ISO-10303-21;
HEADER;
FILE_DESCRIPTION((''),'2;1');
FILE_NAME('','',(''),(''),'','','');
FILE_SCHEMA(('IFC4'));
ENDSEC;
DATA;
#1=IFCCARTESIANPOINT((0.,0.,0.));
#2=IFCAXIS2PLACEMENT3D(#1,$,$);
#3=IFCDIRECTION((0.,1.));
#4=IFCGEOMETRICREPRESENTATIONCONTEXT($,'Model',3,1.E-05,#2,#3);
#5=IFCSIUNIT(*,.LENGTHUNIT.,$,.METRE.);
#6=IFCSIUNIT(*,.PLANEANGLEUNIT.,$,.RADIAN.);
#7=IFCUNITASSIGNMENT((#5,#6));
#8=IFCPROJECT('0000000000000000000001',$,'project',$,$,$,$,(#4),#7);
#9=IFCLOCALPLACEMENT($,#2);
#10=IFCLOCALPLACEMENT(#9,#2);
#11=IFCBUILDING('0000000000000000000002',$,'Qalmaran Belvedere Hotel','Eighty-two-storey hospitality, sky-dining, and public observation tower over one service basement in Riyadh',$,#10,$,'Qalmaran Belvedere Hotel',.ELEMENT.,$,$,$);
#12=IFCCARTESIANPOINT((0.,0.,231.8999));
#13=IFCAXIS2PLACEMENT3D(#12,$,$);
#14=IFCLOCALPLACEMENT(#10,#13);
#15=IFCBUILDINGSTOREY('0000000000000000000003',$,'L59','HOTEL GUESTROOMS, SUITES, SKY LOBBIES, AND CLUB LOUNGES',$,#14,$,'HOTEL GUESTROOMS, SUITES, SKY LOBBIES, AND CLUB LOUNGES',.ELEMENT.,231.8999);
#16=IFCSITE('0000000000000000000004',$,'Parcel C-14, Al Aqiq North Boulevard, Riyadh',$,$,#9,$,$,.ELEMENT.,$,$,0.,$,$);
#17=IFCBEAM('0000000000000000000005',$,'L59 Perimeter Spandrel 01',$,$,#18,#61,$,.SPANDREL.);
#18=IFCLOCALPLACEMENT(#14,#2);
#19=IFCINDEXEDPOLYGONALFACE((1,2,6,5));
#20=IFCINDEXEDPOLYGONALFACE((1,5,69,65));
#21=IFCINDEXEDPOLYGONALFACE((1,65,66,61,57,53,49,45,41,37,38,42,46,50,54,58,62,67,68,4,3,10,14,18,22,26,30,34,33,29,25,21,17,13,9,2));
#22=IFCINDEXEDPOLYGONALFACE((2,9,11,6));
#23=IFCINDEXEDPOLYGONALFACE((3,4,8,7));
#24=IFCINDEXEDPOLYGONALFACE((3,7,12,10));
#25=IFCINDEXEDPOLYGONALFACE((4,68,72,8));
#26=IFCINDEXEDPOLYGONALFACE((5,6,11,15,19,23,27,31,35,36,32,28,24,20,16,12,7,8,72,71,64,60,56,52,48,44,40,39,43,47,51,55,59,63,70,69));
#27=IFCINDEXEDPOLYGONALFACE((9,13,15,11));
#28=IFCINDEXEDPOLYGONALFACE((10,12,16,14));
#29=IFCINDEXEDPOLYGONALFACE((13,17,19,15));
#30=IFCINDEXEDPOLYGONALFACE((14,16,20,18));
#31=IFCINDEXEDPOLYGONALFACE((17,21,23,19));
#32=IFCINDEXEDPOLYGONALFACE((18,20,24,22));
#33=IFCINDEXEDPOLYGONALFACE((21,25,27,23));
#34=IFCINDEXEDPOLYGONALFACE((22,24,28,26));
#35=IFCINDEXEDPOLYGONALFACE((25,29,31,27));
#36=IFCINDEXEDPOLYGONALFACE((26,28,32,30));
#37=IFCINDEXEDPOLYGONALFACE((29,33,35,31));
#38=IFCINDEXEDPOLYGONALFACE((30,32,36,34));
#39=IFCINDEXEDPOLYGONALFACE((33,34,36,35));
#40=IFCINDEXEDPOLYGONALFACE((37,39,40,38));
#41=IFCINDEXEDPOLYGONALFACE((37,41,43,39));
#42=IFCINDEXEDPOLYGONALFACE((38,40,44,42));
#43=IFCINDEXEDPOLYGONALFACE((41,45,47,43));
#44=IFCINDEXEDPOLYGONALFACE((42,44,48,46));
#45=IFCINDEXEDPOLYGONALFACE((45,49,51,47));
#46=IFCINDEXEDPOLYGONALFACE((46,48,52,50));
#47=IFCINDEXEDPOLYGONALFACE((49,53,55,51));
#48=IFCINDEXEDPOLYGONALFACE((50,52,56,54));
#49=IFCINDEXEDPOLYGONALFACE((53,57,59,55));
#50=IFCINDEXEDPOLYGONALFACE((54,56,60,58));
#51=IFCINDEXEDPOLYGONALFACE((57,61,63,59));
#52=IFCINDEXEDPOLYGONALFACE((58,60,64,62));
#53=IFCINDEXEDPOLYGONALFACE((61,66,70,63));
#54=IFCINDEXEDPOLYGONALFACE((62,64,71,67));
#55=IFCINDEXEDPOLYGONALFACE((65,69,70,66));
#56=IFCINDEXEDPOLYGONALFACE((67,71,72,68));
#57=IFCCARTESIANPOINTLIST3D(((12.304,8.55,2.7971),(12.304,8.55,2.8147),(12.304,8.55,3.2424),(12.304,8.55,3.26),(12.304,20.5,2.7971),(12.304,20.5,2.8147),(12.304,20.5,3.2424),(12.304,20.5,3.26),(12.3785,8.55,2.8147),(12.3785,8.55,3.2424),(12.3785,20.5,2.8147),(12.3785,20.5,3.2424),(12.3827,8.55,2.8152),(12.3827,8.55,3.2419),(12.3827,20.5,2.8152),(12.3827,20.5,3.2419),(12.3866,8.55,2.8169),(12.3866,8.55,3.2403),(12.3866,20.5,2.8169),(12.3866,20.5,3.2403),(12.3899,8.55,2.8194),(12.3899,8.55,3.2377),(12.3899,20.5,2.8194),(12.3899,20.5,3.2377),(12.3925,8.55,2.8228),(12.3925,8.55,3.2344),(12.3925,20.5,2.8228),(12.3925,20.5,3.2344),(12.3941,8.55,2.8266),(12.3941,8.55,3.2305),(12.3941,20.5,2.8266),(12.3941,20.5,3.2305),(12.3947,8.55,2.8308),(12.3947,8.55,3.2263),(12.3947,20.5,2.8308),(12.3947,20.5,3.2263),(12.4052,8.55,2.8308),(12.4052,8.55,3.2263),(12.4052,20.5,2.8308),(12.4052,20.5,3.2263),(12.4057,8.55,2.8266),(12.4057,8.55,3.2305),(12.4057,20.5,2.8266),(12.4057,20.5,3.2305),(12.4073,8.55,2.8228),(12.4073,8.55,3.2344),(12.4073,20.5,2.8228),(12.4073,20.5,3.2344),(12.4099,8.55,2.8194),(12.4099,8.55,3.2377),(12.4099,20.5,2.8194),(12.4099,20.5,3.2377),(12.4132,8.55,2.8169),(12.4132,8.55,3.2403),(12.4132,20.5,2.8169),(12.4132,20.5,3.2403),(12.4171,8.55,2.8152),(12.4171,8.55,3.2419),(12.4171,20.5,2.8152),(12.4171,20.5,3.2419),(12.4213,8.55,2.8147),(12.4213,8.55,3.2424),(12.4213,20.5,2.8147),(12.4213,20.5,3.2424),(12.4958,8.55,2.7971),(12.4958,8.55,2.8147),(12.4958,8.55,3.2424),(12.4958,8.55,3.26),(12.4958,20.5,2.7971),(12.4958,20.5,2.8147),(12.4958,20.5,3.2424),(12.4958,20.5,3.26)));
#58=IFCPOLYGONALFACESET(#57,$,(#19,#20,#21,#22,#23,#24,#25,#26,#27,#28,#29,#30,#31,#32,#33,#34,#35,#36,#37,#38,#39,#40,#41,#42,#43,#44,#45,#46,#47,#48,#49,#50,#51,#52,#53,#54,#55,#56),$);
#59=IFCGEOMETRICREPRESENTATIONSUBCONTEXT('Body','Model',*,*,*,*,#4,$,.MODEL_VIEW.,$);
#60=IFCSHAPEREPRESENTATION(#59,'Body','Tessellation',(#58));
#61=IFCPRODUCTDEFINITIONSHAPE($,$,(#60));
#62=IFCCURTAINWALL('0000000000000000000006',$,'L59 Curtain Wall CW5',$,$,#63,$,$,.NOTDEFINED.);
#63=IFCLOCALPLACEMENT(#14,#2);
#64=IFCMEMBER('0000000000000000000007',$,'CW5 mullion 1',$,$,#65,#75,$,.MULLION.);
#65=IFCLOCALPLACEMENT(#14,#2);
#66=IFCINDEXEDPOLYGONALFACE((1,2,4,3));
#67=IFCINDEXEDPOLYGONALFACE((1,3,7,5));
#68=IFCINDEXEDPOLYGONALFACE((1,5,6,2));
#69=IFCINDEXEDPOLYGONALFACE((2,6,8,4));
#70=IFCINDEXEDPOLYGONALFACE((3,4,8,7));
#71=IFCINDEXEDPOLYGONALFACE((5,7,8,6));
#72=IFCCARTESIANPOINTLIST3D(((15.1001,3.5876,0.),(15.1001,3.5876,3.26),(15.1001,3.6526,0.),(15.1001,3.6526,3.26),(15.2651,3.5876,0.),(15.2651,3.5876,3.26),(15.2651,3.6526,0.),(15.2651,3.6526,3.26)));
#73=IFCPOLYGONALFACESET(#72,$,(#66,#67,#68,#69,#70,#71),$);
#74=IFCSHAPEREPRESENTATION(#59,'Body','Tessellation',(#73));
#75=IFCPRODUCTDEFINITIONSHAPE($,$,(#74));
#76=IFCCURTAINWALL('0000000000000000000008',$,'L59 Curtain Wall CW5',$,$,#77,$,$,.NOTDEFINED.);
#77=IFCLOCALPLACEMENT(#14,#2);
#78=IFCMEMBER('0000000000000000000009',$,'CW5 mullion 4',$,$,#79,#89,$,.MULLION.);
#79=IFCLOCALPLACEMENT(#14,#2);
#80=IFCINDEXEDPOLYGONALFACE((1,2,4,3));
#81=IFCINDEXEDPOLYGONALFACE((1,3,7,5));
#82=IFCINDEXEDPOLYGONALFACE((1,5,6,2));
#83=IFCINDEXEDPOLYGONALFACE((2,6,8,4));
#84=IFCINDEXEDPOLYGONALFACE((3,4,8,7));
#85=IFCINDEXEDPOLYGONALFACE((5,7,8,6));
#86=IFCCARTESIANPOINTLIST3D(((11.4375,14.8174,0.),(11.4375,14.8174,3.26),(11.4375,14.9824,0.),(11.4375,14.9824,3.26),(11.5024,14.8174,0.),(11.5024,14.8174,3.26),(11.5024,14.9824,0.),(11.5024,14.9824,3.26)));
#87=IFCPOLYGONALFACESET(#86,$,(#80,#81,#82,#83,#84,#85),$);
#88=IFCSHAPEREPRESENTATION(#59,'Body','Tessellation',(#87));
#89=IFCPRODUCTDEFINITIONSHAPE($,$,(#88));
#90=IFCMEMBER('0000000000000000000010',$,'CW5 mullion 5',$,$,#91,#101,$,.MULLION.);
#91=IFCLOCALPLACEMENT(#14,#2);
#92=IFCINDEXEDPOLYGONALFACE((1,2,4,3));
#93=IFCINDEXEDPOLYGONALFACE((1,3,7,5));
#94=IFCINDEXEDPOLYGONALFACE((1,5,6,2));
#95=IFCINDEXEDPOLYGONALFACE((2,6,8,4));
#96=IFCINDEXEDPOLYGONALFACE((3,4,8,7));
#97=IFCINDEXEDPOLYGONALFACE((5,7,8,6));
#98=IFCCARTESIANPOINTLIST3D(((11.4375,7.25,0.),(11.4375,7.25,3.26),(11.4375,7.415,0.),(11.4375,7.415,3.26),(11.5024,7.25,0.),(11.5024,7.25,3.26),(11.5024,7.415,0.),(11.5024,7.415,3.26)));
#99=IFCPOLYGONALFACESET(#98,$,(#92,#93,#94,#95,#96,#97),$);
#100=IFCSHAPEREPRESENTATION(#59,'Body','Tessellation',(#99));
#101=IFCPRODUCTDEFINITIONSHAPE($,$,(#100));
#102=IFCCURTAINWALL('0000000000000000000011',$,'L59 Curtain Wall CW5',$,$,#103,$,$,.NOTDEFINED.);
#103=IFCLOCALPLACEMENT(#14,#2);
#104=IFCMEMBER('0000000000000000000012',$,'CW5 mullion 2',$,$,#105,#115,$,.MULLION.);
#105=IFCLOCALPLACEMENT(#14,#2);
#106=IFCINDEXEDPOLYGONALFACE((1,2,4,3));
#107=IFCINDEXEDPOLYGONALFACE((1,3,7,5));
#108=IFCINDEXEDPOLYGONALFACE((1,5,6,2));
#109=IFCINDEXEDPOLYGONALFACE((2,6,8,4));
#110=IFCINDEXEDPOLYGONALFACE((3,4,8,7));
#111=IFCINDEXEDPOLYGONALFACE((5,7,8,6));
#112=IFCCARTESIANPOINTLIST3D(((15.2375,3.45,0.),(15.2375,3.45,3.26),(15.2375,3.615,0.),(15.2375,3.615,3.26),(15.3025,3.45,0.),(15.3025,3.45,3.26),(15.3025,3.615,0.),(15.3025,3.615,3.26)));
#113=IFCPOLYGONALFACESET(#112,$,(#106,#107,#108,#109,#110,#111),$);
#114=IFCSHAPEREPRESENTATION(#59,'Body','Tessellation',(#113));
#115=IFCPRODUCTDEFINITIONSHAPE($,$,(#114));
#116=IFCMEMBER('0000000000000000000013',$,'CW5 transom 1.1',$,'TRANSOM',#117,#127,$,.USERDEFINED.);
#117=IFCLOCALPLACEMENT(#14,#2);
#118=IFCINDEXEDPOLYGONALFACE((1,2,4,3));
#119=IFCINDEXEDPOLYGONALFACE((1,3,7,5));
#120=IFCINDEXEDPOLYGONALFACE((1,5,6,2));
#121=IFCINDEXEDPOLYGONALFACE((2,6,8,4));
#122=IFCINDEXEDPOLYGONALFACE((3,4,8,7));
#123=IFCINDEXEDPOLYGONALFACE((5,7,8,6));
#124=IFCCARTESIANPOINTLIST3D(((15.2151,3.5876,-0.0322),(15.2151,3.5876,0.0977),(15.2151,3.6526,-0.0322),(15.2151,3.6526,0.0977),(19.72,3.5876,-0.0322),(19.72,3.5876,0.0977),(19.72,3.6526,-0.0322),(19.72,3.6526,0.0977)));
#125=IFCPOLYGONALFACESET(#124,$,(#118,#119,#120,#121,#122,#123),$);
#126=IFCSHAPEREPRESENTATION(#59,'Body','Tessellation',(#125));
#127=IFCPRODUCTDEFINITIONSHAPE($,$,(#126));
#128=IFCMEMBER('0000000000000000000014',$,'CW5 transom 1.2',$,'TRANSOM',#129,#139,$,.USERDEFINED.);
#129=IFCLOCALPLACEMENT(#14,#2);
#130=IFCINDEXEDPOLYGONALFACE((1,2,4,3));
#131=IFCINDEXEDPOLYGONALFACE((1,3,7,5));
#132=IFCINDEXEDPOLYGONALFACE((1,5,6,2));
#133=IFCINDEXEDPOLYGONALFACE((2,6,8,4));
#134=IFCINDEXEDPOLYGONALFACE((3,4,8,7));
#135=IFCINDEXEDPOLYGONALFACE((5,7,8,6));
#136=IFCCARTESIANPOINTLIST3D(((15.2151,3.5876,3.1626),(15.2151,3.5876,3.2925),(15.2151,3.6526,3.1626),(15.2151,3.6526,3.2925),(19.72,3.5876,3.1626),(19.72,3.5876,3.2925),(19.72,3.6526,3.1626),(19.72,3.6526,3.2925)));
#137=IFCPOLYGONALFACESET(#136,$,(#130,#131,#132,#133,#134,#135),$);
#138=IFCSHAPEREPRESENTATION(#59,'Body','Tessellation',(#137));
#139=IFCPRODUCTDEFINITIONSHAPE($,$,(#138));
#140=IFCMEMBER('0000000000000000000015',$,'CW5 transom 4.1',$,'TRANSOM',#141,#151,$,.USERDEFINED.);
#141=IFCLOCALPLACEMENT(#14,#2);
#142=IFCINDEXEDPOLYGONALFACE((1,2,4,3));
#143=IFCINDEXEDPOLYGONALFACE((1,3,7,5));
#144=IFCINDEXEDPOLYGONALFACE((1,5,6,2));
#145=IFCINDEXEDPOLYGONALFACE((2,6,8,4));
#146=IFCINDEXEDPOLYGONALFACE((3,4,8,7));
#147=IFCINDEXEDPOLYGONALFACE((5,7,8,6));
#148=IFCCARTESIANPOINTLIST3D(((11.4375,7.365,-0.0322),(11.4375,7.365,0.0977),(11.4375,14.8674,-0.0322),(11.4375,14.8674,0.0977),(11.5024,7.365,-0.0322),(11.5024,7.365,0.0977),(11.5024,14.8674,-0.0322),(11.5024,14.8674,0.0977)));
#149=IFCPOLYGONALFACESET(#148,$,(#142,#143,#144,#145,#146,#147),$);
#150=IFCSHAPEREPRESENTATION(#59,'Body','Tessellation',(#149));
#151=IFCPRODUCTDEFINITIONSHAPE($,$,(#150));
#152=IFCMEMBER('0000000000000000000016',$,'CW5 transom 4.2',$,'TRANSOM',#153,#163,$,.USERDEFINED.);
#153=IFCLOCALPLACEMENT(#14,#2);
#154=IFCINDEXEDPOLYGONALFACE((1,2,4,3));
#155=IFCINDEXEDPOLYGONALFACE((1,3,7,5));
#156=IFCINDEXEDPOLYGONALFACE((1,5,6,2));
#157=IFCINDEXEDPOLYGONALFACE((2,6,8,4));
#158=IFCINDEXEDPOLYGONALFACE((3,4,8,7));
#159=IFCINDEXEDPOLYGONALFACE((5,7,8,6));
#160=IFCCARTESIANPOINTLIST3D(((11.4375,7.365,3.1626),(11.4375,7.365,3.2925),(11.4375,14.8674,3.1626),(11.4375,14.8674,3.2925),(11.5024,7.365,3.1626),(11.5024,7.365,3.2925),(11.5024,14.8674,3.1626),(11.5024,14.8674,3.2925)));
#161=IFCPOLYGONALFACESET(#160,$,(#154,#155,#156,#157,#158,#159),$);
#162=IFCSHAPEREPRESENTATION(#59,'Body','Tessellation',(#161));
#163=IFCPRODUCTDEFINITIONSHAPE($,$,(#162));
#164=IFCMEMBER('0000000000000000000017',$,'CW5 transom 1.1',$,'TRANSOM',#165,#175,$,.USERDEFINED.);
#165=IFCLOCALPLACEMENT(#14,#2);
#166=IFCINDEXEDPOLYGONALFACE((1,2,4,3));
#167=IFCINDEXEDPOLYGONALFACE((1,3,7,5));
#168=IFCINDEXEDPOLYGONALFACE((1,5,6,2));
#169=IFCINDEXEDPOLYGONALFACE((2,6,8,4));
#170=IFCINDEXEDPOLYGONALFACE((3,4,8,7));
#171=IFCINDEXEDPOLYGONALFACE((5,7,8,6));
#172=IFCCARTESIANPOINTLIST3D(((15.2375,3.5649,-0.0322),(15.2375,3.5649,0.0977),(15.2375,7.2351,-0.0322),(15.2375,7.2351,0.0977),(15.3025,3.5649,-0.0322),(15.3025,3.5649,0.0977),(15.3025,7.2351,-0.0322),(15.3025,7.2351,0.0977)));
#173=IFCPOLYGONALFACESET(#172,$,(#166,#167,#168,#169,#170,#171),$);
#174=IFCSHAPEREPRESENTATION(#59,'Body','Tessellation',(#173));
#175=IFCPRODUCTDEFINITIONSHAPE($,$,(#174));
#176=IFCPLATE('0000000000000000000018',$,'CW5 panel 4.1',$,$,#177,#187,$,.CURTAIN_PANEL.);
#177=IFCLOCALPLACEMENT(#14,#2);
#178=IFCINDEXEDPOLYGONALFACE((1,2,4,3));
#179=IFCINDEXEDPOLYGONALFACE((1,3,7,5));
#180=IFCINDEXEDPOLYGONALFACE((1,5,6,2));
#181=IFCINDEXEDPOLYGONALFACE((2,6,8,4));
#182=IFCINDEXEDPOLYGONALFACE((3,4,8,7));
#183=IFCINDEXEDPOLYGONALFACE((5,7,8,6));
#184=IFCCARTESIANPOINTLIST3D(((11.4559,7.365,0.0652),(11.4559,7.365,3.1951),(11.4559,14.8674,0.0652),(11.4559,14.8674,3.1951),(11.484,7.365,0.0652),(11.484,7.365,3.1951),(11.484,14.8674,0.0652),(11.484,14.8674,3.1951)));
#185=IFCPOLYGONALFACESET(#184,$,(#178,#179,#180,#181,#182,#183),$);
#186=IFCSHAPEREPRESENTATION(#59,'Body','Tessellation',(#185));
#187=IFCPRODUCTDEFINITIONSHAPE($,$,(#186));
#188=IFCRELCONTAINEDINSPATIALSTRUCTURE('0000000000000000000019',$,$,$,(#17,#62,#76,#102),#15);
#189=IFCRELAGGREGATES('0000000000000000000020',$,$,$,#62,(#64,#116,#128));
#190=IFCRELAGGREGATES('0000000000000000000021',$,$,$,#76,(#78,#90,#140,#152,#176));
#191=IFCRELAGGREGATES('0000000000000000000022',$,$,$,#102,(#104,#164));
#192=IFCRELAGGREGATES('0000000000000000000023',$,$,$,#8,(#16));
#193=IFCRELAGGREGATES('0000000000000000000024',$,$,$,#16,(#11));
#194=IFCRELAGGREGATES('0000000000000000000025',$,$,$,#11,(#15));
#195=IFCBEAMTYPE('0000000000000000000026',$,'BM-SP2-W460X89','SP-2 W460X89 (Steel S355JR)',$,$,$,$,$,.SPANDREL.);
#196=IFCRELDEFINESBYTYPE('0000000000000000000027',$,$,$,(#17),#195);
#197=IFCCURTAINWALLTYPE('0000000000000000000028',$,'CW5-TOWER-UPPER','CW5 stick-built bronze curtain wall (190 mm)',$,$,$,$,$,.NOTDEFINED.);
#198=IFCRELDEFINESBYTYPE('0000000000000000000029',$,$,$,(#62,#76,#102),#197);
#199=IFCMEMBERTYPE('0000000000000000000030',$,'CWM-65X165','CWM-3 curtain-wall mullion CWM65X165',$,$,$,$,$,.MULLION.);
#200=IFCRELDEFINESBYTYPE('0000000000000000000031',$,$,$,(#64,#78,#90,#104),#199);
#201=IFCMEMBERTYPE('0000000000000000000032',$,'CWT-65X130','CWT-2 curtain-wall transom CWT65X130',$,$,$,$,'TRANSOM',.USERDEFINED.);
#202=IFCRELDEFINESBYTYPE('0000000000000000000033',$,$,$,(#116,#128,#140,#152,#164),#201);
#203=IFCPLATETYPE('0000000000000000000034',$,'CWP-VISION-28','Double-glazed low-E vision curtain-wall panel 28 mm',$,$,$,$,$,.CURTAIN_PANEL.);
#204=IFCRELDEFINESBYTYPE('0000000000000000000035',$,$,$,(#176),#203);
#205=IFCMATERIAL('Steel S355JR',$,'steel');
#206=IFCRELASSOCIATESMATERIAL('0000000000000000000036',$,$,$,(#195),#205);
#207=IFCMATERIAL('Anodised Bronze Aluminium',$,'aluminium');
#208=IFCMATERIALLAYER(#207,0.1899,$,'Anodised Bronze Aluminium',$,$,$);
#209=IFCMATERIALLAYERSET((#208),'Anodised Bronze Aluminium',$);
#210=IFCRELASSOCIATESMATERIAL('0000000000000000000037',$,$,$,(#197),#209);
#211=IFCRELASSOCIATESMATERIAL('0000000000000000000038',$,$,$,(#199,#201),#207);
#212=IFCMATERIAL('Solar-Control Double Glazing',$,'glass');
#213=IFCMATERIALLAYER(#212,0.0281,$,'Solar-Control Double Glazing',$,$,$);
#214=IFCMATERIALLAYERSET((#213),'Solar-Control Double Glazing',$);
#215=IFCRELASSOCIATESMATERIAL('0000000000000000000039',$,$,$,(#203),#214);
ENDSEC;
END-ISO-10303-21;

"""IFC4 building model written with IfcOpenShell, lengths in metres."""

from ifc_helpers import new_model, si_unit, direction, frame, origin, origin_2d, place, context, subcontext, project, spatial, rectangle, i_section, extrude, material, layer, layer_set, material_profile, profile_set, type_object, element, aggregate, save


model = new_model("IFC4")

# Units and contexts
model_context = context("Model", 3, precision=1e-05, world=origin(), true_north=direction((0.0, 1.0)))
body_context = subcontext(model_context, "Body", "Model", "MODEL_VIEW")
ifc_project = project(units=[si_unit("LENGTHUNIT", "METRE"), si_unit("PLANEANGLEUNIT", "RADIAN")], contexts=[model_context])

# Site, building, storey
site_placement = place(None, origin())
site = spatial("IfcSite", under=ifc_project, at=site_placement, Name="Parcel C-14, Al Aqiq North Boulevard, Riyadh", CompositionType="ELEMENT", RefElevation=0.0)
building_placement = place(site_placement, origin())
building = spatial("IfcBuilding", under=site, at=building_placement, Name="Qalmaran Belvedere Hotel", Description="Eighty-two-storey hospitality, sky-dining, and public observation tower over one service basement in Riyadh", LongName="Qalmaran Belvedere Hotel", CompositionType="ELEMENT")
storey_placement = place(building_placement, frame((0.0, 0.0, 231.8999)))
storey = spatial("IfcBuildingStorey", under=building, at=storey_placement, Name="L59", Description="HOTEL GUESTROOMS, SUITES, SKY LOBBIES, AND CLUB LOUNGES", LongName="HOTEL GUESTROOMS, SUITES, SKY LOBBIES, AND CLUB LOUNGES", CompositionType="ELEMENT", Elevation=231.8999)

# Beam
ifc_material_1 = material(Name="Steel S355JR", Category="steel")
ifc_material_profile_1 = material_profile(ifc_material_1, i_section(OverallWidth=0.1919, OverallDepth=0.4629, WebThickness=0.0105, FlangeThickness=0.0176, FilletRadius=0.0161, at=origin_2d()), Name="W460X89")
ifc_profile_set_1 = profile_set([ifc_material_profile_1], Name="Steel S355JR")
beam_type_1 = type_object("IfcBeamType", Name="BM-SP2-W460X89", Description="SP-2 W460X89 (Steel S355JR)", PredefinedType="SPANDREL", material=ifc_profile_set_1)
beam_1_placement = place(storey_placement, frame((12.3999, 8.55, 3.0286), z_axis=(0.0, 1.0, 0.0), x_axis=(-1.0, 0.0, 0.0)))
element("IfcBeam", 1, at=beam_1_placement, inside=storey, type_object=beam_type_1, Name="L59 Perimeter Spandrel 01", PredefinedType="SPANDREL", context=body_context, shape_type="SweptSolid", body=[
    extrude(i_section(OverallWidth=0.1919, OverallDepth=0.4629, WebThickness=0.0105, FlangeThickness=0.0176, FilletRadius=0.0161, at=origin_2d()), origin(), (0.0, 0.0, 1.0), 11.95),
])

# Curtain wall, member
ifc_material_2 = material(Name="Anodised Bronze Aluminium", Category="aluminium")
ifc_layer_1 = layer(ifc_material_2, 0.1899, Name="Anodised Bronze Aluminium")
ifc_layer_set_1 = layer_set([ifc_layer_1], Name="Anodised Bronze Aluminium")
curtain_wall_type = type_object("IfcCurtainWallType", Name="CW5-TOWER-UPPER", Description="CW5 stick-built bronze curtain wall (190 mm)", PredefinedType="NOTDEFINED", material=ifc_layer_set_1)
curtain_wall_1_placement = place(storey_placement, origin())
curtain_wall_1 = element("IfcCurtainWall", 2, at=curtain_wall_1_placement, inside=storey, type_object=curtain_wall_type, Name="L59 Curtain Wall CW5", PredefinedType="NOTDEFINED")
ifc_material_profile_2 = material_profile(ifc_material_2, rectangle(XDim=0.0649, YDim=0.165, at=origin_2d()), Name="CWM65X165")
ifc_profile_set_2 = profile_set([ifc_material_profile_2], Name="Anodised Bronze Aluminium")
member_type_1 = type_object("IfcMemberType", Name="CWM-65X165", Description="CWM-3 curtain-wall mullion CWM65X165", PredefinedType="MULLION", material=ifc_profile_set_2)
member_1_placement = place(storey_placement, frame((15.1826, 3.6201, 0.0), z_axis=(0.0, 0.0, 1.0), x_axis=(0.0, 1.0, 0.0)))
member_1 = element("IfcMember", 3, at=member_1_placement, type_object=member_type_1, Name="CW5 mullion 1", PredefinedType="MULLION", context=body_context, shape_type="SweptSolid", body=[
    extrude(rectangle(XDim=0.0649, YDim=0.165, at=origin_2d()), origin(), (0.0, 0.0, 1.0), 3.26),
])

# Curtain wall, members
curtain_wall_2_placement = place(storey_placement, origin())
curtain_wall_2 = element("IfcCurtainWall", 4, at=curtain_wall_2_placement, inside=storey, type_object=curtain_wall_type, Name="L59 Curtain Wall CW5", PredefinedType="NOTDEFINED")
member_2_placement = place(storey_placement, frame((11.47, 14.8999, 0.0), z_axis=(0.0, 0.0, 1.0), x_axis=(1.0, 0.0, 0.0)))
member_2 = element("IfcMember", 5, at=member_2_placement, type_object=member_type_1, Name="CW5 mullion 4", PredefinedType="MULLION", context=body_context, shape_type="SweptSolid", body=[
    extrude(rectangle(XDim=0.0649, YDim=0.165, at=origin_2d()), origin(), (0.0, 0.0, 1.0), 3.26),
])
member_3_placement = place(storey_placement, frame((11.47, 7.3325, 0.0), z_axis=(0.0, 0.0, 1.0), x_axis=(1.0, 0.0, 0.0)))
member_3 = element("IfcMember", 6, at=member_3_placement, type_object=member_type_1, Name="CW5 mullion 5", PredefinedType="MULLION", context=body_context, shape_type="SweptSolid", body=[
    extrude(rectangle(XDim=0.0649, YDim=0.165, at=origin_2d()), origin(), (0.0, 0.0, 1.0), 3.26),
])

# Curtain wall, member
curtain_wall_3_placement = place(storey_placement, origin())
curtain_wall_3 = element("IfcCurtainWall", 7, at=curtain_wall_3_placement, inside=storey, type_object=curtain_wall_type, Name="L59 Curtain Wall CW5", PredefinedType="NOTDEFINED")
member_4_placement = place(storey_placement, frame((15.27, 3.5325, 0.0), z_axis=(0.0, 0.0, 1.0), x_axis=(1.0, 0.0, 0.0)))
member_4 = element("IfcMember", 8, at=member_4_placement, type_object=member_type_1, Name="CW5 mullion 2", PredefinedType="MULLION", context=body_context, shape_type="SweptSolid", body=[
    extrude(rectangle(XDim=0.0649, YDim=0.165, at=origin_2d()), origin(), (0.0, 0.0, 1.0), 3.26),
])

# Members
ifc_material_profile_3 = material_profile(ifc_material_2, rectangle(XDim=0.0649, YDim=0.1299, at=origin_2d()), Name="CWT65X130")
ifc_profile_set_3 = profile_set([ifc_material_profile_3], Name="Anodised Bronze Aluminium")
member_type_2 = type_object("IfcMemberType", Name="CWT-65X130", Description="CWT-2 curtain-wall transom CWT65X130", ElementType="TRANSOM", PredefinedType="USERDEFINED", material=ifc_profile_set_3)
member_5_placement = place(storey_placement, frame((15.2151, 3.6201, 0.0327), z_axis=(1.0, 0.0, 0.0), x_axis=(0.0, 1.0, 0.0)))
member_5 = element("IfcMember", 9, at=member_5_placement, type_object=member_type_2, Name="CW5 transom 1.1", ObjectType="TRANSOM", PredefinedType="USERDEFINED", context=body_context, shape_type="SweptSolid", body=[
    extrude(rectangle(XDim=0.0649, YDim=0.1299, at=origin_2d()), origin(), (0.0, 0.0, 1.0), 4.5049),
])
member_6_placement = place(storey_placement, frame((15.2151, 3.6201, 3.2275), z_axis=(1.0, 0.0, 0.0), x_axis=(0.0, 1.0, 0.0)))
member_6 = element("IfcMember", 10, at=member_6_placement, type_object=member_type_2, Name="CW5 transom 1.2", ObjectType="TRANSOM", PredefinedType="USERDEFINED", context=body_context, shape_type="SweptSolid", body=[
    extrude(rectangle(XDim=0.0649, YDim=0.1299, at=origin_2d()), origin(), (0.0, 0.0, 1.0), 4.5049),
])
aggregate(curtain_wall_1, [member_1, member_5, member_6])
member_7_placement = place(storey_placement, frame((11.47, 14.8674, 0.0327), z_axis=(0.0, -1.0, 0.0), x_axis=(1.0, 0.0, 0.0)))
member_7 = element("IfcMember", 11, at=member_7_placement, type_object=member_type_2, Name="CW5 transom 4.1", ObjectType="TRANSOM", PredefinedType="USERDEFINED", context=body_context, shape_type="SweptSolid", body=[
    extrude(rectangle(XDim=0.0649, YDim=0.1299, at=origin_2d()), origin(), (0.0, 0.0, 1.0), 7.5024),
])
member_8_placement = place(storey_placement, frame((11.47, 14.8674, 3.2275), z_axis=(0.0, -1.0, 0.0), x_axis=(1.0, 0.0, 0.0)))
member_8 = element("IfcMember", 12, at=member_8_placement, type_object=member_type_2, Name="CW5 transom 4.2", ObjectType="TRANSOM", PredefinedType="USERDEFINED", context=body_context, shape_type="SweptSolid", body=[
    extrude(rectangle(XDim=0.0649, YDim=0.1299, at=origin_2d()), origin(), (0.0, 0.0, 1.0), 7.5024),
])
member_9_placement = place(storey_placement, frame((15.27, 7.2351, 0.0327), z_axis=(0.0, -1.0, 0.0), x_axis=(1.0, 0.0, 0.0)))
member_9 = element("IfcMember", 13, at=member_9_placement, type_object=member_type_2, Name="CW5 transom 1.1", ObjectType="TRANSOM", PredefinedType="USERDEFINED", context=body_context, shape_type="SweptSolid", body=[
    extrude(rectangle(XDim=0.0649, YDim=0.1299, at=origin_2d()), origin(), (0.0, 0.0, 1.0), 3.6702),
])

# Plate
ifc_material_3 = material(Name="Solar-Control Double Glazing", Category="glass")
ifc_layer_2 = layer(ifc_material_3, 0.0281, Name="Solar-Control Double Glazing")
ifc_layer_set_2 = layer_set([ifc_layer_2], Name="Solar-Control Double Glazing")
plate_type = type_object("IfcPlateType", Name="CWP-VISION-28", Description="Double-glazed low-E vision curtain-wall panel 28 mm", PredefinedType="CURTAIN_PANEL", material=ifc_layer_set_2)
plate_1_placement = place(storey_placement, frame((11.47, 11.1162, 0.0652), z_axis=(0.0, 0.0, 1.0), x_axis=(0.0, -1.0, 0.0)))
plate_1 = element("IfcPlate", 14, at=plate_1_placement, type_object=plate_type, Name="CW5 panel 4.1", PredefinedType="CURTAIN_PANEL", context=body_context, shape_type="SweptSolid", body=[
    extrude(rectangle(XDim=7.5024, YDim=0.0281, at=origin_2d()), origin(), (0.0, 0.0, 1.0), 3.1299),
])
aggregate(curtain_wall_2, [member_2, member_3, member_7, member_8, plate_1])
aggregate(curtain_wall_3, [member_4, member_9])

save(model, "model.ifc")
